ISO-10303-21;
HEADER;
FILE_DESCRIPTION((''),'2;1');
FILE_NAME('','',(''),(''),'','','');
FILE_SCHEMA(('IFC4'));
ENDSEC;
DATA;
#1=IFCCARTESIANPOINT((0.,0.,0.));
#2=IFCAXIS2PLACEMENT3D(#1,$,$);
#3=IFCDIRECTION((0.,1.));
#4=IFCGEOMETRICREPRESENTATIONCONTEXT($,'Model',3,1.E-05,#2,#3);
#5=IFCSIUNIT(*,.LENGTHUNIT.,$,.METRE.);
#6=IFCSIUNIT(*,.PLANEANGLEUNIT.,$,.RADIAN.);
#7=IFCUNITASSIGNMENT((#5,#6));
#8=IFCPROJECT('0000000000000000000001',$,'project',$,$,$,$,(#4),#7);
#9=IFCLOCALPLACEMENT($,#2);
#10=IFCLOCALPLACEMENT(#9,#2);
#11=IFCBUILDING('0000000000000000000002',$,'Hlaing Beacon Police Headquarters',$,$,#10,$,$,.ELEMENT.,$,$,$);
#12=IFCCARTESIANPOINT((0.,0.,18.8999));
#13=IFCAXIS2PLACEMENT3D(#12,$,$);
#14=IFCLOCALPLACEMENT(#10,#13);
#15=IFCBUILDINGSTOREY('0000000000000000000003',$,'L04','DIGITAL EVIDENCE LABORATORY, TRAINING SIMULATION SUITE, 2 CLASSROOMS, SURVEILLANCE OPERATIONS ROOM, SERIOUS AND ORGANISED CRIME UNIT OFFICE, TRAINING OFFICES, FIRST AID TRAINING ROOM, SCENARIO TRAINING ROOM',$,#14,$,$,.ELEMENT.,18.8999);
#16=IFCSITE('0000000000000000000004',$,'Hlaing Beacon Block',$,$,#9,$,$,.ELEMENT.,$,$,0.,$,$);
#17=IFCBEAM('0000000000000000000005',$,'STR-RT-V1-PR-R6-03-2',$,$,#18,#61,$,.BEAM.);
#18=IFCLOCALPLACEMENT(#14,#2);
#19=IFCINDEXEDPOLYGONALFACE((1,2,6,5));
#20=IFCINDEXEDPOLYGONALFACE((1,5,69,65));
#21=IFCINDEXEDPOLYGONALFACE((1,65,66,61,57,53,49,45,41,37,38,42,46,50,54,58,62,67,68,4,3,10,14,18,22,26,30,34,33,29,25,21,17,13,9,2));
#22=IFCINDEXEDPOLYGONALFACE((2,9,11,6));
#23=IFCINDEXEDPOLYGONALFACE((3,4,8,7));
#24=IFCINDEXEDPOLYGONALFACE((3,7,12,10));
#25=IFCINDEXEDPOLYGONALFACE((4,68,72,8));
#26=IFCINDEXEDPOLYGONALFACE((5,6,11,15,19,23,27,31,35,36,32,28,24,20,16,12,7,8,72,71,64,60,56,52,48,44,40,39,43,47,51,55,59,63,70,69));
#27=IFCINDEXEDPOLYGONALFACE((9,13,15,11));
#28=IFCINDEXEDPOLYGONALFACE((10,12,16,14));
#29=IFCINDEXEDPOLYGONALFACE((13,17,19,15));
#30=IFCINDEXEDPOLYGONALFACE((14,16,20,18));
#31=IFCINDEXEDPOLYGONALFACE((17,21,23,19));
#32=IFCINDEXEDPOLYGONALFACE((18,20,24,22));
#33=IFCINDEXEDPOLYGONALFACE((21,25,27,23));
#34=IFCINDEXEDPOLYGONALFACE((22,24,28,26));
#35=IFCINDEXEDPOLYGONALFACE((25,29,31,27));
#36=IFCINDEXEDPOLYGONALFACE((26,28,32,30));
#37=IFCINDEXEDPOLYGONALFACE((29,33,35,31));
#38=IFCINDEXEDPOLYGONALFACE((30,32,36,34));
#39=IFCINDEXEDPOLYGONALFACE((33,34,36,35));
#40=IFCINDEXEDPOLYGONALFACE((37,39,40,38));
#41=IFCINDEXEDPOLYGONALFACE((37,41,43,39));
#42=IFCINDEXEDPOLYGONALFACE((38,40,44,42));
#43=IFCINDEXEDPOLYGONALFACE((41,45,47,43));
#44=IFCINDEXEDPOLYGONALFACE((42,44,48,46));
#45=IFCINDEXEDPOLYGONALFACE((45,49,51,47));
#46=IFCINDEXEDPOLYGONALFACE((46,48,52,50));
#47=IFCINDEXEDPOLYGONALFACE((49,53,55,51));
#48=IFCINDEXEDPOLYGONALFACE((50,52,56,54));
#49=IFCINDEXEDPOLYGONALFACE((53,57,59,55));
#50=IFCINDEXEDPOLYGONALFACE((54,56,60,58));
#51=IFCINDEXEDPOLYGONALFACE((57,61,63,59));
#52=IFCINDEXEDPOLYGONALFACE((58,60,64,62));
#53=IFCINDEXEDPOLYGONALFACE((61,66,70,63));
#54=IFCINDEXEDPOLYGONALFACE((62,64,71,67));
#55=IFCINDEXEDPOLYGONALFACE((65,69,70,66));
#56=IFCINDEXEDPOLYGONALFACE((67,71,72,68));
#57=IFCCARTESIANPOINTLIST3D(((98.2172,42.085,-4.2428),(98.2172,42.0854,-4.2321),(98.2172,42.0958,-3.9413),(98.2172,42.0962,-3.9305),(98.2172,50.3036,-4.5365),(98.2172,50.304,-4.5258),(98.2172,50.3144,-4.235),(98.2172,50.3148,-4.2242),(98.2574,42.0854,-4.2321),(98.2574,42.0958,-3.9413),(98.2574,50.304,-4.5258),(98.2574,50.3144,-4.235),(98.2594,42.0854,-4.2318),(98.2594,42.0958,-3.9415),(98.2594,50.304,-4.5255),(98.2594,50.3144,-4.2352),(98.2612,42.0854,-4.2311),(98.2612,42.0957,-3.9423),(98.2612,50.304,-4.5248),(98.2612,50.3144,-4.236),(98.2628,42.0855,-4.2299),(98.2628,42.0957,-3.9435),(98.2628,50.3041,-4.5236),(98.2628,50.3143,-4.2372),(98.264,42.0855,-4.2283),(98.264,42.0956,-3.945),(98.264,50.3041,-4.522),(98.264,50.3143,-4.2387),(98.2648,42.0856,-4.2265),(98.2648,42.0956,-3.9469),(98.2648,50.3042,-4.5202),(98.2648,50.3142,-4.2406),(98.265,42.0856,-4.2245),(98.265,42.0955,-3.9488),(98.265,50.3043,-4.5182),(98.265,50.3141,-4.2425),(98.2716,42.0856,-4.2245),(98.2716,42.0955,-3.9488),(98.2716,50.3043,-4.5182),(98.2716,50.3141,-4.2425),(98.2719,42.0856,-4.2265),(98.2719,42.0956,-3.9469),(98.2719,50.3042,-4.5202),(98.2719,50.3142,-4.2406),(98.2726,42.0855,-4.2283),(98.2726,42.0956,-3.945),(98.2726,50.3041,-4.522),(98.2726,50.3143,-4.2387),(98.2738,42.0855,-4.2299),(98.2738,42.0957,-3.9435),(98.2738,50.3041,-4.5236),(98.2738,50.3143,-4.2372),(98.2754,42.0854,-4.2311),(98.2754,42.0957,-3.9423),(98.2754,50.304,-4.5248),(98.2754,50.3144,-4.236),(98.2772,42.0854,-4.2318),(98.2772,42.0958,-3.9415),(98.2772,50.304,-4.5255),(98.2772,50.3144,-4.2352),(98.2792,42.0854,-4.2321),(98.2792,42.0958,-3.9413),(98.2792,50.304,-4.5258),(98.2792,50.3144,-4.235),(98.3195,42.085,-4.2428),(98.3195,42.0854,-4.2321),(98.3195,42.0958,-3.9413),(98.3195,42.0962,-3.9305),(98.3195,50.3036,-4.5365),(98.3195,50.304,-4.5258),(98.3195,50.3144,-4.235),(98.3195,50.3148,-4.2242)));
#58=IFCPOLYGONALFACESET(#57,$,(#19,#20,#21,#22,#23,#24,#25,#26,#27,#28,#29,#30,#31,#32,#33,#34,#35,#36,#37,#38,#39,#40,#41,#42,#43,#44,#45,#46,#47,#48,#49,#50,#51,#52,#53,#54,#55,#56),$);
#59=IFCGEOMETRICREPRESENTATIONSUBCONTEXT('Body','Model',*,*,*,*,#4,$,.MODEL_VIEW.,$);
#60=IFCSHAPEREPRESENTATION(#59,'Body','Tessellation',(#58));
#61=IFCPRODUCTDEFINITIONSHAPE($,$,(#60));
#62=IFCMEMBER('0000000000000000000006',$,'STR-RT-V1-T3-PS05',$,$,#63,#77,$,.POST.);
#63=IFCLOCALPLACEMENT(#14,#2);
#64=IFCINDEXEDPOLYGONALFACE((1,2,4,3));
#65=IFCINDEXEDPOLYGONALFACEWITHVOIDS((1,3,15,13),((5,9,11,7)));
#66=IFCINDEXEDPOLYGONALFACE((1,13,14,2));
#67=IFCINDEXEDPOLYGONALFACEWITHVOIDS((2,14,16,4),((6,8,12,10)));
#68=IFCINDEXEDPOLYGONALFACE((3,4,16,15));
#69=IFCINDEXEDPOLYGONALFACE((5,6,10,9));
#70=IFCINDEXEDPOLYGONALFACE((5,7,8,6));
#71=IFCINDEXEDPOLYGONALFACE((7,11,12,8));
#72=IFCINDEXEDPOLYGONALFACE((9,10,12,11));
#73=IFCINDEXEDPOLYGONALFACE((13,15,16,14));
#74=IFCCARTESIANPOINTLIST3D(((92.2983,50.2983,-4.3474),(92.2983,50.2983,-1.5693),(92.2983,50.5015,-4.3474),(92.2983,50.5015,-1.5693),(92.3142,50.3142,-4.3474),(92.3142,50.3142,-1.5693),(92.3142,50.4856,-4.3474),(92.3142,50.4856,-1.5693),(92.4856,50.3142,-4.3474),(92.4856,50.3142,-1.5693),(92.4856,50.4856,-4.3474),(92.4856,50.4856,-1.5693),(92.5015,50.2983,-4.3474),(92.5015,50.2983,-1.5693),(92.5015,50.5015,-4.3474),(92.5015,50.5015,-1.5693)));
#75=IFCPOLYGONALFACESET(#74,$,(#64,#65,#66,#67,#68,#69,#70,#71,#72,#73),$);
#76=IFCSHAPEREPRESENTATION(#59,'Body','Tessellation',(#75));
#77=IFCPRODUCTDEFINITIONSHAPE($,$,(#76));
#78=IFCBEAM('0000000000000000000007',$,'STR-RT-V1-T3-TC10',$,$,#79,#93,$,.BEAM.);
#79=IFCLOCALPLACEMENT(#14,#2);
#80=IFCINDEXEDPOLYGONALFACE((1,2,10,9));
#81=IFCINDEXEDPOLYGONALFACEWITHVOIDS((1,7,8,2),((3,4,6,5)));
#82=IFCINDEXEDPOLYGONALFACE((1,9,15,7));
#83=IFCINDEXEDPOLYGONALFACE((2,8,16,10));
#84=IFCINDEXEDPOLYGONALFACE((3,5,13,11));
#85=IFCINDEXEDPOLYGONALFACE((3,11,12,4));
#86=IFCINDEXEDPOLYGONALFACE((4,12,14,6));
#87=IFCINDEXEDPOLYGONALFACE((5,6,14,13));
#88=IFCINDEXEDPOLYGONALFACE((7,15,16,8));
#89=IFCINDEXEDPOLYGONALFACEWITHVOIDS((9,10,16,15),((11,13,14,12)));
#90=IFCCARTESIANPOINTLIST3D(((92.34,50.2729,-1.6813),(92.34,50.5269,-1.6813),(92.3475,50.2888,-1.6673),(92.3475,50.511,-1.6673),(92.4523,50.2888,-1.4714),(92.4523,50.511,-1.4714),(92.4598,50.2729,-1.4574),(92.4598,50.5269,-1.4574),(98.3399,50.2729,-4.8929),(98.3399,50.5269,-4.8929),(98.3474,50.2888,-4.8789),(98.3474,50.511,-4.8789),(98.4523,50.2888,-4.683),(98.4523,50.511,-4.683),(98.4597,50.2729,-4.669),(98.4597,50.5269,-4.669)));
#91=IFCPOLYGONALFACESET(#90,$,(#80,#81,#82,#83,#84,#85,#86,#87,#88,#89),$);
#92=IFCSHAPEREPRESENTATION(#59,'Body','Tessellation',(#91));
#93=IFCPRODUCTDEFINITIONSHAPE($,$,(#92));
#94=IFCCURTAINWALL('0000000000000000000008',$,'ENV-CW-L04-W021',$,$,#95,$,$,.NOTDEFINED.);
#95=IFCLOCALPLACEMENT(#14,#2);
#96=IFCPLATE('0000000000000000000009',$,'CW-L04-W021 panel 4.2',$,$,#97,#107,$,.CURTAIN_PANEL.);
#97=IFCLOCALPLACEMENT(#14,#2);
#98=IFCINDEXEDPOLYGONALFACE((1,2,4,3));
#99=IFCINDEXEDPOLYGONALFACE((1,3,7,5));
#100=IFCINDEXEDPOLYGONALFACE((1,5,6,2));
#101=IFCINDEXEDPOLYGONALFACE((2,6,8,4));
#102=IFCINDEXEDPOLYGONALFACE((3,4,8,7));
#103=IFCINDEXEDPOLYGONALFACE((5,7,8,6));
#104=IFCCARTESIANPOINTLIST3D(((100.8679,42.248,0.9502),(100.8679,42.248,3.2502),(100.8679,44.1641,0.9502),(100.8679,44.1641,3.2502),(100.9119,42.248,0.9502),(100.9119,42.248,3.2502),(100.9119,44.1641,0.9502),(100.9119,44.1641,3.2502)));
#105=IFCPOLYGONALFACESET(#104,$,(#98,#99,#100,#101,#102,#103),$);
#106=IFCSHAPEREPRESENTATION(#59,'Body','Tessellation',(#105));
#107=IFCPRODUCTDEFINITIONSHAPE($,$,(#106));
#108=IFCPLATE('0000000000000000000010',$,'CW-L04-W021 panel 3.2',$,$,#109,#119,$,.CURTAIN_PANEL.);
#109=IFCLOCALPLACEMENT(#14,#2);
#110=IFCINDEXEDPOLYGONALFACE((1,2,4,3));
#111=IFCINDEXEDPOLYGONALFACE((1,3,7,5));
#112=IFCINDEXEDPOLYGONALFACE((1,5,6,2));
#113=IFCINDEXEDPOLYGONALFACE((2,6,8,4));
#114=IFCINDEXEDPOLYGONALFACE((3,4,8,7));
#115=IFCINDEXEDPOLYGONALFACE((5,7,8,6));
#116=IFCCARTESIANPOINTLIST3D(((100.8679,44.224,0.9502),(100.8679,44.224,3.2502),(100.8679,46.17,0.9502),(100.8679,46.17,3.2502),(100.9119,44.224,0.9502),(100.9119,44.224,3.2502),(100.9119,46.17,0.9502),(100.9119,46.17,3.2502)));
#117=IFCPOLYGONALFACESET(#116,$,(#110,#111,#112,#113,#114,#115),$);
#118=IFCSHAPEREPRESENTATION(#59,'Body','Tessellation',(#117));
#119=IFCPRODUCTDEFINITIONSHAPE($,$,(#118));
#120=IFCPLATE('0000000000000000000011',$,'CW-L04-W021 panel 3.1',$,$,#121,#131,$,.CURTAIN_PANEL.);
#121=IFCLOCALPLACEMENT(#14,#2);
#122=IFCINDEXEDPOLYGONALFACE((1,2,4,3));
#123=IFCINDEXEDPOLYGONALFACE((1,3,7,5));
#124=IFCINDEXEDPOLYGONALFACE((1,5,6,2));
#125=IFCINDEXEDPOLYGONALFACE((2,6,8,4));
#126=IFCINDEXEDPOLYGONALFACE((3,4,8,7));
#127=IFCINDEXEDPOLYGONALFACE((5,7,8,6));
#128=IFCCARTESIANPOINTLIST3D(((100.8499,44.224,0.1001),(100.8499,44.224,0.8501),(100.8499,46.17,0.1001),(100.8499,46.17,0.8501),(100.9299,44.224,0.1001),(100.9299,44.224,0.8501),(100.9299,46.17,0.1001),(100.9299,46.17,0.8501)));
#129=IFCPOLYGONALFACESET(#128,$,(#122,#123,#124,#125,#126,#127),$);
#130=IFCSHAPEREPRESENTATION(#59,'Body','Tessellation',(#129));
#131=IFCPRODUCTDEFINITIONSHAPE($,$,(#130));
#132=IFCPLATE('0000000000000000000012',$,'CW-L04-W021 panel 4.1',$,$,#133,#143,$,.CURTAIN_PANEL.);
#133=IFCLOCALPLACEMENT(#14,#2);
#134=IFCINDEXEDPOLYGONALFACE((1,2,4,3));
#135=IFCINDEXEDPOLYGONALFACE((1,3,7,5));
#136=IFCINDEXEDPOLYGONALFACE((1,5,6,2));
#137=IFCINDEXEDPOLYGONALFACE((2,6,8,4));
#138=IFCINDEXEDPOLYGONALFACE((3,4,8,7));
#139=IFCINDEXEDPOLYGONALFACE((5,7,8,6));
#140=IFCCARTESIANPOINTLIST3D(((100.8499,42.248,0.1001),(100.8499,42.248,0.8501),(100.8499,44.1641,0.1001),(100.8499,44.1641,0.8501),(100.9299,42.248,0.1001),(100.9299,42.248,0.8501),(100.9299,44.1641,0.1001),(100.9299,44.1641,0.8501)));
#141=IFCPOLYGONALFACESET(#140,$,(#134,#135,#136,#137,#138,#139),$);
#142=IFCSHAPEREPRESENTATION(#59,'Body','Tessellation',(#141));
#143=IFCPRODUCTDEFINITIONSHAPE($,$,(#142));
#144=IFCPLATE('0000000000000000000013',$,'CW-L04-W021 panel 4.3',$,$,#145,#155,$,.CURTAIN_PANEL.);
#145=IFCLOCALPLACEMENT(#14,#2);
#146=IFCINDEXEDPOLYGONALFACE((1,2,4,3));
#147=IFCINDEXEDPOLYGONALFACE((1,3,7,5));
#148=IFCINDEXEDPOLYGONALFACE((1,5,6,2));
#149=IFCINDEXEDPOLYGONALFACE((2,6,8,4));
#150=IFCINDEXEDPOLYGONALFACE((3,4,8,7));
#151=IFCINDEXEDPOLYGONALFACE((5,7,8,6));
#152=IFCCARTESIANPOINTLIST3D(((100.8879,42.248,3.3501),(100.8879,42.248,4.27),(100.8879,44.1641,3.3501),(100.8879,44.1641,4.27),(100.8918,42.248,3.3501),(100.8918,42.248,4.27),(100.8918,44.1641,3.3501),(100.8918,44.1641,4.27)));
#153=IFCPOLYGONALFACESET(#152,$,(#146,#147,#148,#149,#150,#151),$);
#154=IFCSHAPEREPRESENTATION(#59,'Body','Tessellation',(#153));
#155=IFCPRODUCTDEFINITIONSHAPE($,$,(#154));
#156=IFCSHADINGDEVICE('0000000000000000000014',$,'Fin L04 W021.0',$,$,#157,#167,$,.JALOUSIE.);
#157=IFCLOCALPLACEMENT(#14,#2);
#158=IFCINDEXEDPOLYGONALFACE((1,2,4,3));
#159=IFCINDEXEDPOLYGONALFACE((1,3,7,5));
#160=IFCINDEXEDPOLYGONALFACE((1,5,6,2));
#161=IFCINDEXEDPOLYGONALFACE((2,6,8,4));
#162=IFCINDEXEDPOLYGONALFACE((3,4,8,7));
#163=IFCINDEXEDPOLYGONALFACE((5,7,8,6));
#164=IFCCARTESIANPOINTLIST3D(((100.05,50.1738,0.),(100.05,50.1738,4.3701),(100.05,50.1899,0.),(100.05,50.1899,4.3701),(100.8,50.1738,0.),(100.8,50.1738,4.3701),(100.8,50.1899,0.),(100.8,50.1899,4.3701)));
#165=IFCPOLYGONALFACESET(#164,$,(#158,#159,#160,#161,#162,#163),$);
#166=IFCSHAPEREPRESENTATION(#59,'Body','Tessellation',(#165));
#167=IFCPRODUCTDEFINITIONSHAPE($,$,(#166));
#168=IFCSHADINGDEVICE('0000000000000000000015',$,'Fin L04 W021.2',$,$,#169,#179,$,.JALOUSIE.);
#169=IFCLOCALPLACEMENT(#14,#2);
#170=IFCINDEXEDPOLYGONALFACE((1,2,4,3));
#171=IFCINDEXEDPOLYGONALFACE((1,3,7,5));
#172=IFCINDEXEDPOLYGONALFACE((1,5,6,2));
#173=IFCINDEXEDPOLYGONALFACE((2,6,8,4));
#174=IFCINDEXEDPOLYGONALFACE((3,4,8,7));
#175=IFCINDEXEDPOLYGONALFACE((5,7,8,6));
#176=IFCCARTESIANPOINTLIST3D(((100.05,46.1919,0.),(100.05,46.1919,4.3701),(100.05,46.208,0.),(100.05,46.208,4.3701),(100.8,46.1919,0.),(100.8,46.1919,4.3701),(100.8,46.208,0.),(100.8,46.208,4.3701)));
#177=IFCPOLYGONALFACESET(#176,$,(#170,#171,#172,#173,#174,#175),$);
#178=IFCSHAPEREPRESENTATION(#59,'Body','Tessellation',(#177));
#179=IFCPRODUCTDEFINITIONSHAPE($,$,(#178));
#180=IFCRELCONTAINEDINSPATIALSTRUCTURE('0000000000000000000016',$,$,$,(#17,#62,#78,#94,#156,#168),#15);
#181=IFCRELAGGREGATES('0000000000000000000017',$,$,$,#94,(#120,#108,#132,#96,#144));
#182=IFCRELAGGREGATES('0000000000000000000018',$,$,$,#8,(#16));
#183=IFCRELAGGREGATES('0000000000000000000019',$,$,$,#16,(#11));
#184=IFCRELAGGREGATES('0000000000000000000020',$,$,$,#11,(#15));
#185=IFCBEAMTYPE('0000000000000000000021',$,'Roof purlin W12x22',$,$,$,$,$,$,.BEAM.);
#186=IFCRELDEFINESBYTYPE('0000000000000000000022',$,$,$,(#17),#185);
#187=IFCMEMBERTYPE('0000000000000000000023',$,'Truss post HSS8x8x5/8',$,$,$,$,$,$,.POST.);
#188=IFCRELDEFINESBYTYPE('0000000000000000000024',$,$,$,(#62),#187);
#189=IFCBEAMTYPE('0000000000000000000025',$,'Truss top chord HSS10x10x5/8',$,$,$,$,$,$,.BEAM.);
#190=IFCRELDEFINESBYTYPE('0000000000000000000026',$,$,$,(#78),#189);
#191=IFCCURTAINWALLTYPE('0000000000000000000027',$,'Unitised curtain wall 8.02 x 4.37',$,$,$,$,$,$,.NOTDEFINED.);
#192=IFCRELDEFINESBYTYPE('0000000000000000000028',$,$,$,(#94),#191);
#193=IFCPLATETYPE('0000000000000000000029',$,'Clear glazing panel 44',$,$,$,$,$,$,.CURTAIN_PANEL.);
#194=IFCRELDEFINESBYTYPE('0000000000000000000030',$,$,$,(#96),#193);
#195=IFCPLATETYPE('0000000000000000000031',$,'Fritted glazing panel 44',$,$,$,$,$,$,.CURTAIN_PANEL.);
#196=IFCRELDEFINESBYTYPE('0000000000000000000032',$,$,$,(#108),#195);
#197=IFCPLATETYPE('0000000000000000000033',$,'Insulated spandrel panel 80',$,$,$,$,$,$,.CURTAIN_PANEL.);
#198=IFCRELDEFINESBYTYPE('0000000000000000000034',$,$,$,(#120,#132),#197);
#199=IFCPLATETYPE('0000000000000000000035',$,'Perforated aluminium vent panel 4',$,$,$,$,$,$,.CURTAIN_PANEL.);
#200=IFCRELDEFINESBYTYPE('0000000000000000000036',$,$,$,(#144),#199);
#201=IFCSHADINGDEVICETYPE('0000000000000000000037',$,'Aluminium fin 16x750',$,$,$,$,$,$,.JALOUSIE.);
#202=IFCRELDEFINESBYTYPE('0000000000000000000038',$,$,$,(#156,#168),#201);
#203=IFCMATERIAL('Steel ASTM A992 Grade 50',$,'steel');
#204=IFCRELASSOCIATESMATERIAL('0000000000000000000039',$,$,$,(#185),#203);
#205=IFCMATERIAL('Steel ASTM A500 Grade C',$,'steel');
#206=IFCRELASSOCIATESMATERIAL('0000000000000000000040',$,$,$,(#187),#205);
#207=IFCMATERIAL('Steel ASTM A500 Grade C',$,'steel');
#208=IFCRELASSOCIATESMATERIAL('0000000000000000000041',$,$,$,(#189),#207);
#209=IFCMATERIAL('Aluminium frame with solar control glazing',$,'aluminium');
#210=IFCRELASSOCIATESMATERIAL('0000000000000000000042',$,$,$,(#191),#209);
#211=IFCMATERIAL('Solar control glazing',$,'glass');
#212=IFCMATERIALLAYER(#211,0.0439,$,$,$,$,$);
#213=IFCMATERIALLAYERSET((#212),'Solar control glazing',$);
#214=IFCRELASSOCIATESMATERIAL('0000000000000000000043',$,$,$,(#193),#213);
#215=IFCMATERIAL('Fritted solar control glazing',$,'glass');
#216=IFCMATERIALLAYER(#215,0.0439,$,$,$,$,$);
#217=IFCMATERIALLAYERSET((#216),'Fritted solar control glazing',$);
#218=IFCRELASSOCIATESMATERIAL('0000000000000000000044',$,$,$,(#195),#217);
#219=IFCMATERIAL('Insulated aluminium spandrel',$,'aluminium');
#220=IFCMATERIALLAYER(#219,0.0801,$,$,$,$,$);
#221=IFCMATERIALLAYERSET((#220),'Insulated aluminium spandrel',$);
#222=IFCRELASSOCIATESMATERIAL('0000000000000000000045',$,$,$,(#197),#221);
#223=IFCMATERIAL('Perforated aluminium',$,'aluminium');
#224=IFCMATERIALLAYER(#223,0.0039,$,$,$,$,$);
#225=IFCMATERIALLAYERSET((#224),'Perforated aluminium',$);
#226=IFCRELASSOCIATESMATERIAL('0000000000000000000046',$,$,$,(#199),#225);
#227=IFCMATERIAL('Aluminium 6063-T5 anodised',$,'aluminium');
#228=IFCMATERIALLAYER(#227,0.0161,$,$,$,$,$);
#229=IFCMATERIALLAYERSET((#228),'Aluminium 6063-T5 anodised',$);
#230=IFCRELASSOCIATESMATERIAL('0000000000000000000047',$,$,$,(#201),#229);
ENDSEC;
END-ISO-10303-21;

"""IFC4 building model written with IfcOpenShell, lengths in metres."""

from ifc_helpers import new_model, si_unit, direction, frame, origin, origin_2d, place, context, subcontext, project, spatial, rectangle, hollow_rectangle, i_section, extrude, material, layer, layer_set, material_profile, profile_set, type_object, element, aggregate, save


model = new_model("IFC4")

# Units and contexts
model_context = context("Model", 3, precision=1e-05, world=origin(), true_north=direction((0.0, 1.0)))
body_context = subcontext(model_context, "Body", "Model", "MODEL_VIEW")
ifc_project = project(units=[si_unit("LENGTHUNIT", "METRE"), si_unit("PLANEANGLEUNIT", "RADIAN")], contexts=[model_context])

# Site, building, storey
site_placement = place(None, origin())
site = spatial("IfcSite", under=ifc_project, at=site_placement, Name="Hlaing Beacon Block", CompositionType="ELEMENT", RefElevation=0.0)
building_placement = place(site_placement, origin())
building = spatial("IfcBuilding", under=site, at=building_placement, Name="Hlaing Beacon Police Headquarters", CompositionType="ELEMENT")
storey_placement = place(building_placement, frame((0.0, 0.0, 18.8999)))
storey = spatial("IfcBuildingStorey", under=building, at=storey_placement, Name="L04", Description="DIGITAL EVIDENCE LABORATORY, TRAINING SIMULATION SUITE, 2 CLASSROOMS, SURVEILLANCE OPERATIONS ROOM, SERIOUS AND ORGANISED CRIME UNIT OFFICE, TRAINING OFFICES, FIRST AID TRAINING ROOM, SCENARIO TRAINING ROOM", CompositionType="ELEMENT", Elevation=18.8999)

# Beam
ifc_material_1 = material(Name="Steel ASTM A992 Grade 50", Category="steel")
ifc_material_profile_1 = material_profile(ifc_material_1, i_section(OverallWidth=0.1023, OverallDepth=0.3125, WebThickness=0.0066, FlangeThickness=0.0107, FilletRadius=0.0076, at=origin_2d()), Name="W12x22")
ifc_profile_set_1 = profile_set([ifc_material_profile_1], Name="Steel ASTM A992 Grade 50")
beam_type_1 = type_object("IfcBeamType", Name="Roof purlin W12x22", PredefinedType="BEAM", material=ifc_profile_set_1)
for number, where, z_axis, x_axis, name in (
    (1, (98.2683, 42.0906, -4.0867), (0.0, 0.999362, -0.035713), (-1.0, 0.0, 0.0), "STR-RT-V1-PR-R6-03-2"),
):
    element("IfcBeam", number, at=place(storey_placement, frame(where, z_axis=z_axis, x_axis=x_axis)), inside=storey, type_object=beam_type_1, Name=name, PredefinedType="BEAM", context=body_context, shape_type="SweptSolid", body=[
        extrude(i_section(OverallWidth=0.1023, OverallDepth=0.3125, WebThickness=0.0066, FlangeThickness=0.0107, FilletRadius=0.0076, at=origin_2d()), origin(), (0.0, 0.0, 1.0), 8.2239),
    ])

# Member
ifc_material_2 = material(Name="Steel ASTM A500 Grade C", Category="steel")
ifc_material_profile_2 = material_profile(ifc_material_2, hollow_rectangle(XDim=0.2031, YDim=0.2031, WallThickness=0.0159, at=origin_2d()), Name="HSS8x8x5/8")
ifc_profile_set_2 = profile_set([ifc_material_profile_2], Name="Steel ASTM A500 Grade C")
member_type_1 = type_object("IfcMemberType", Name="Truss post HSS8x8x5/8", PredefinedType="POST", material=ifc_profile_set_2)
member_1_placement = place(storey_placement, frame((92.3999, 50.3999, -4.3474), z_axis=(0.0, 0.0, 1.0), x_axis=(1.0, 0.0, 0.0)))
element("IfcMember", 2, at=member_1_placement, inside=storey, type_object=member_type_1, Name="STR-RT-V1-T3-PS05", PredefinedType="POST", context=body_context, shape_type="SweptSolid", body=[
    extrude(hollow_rectangle(XDim=0.2031, YDim=0.2031, WallThickness=0.0159, at=origin_2d()), origin(), (0.0, 0.0, 1.0), 2.7781),
])

# Beam
ifc_material_3 = material(Name="Steel ASTM A500 Grade C", Category="steel")
ifc_material_profile_3 = material_profile(ifc_material_3, hollow_rectangle(XDim=0.2539, YDim=0.2539, WallThickness=0.0159, at=origin_2d()), Name="HSS10x10x5/8")
ifc_profile_set_3 = profile_set([ifc_material_profile_3], Name="Steel ASTM A500 Grade C")
beam_type_2 = type_object("IfcBeamType", Name="Truss top chord HSS10x10x5/8", PredefinedType="BEAM", material=ifc_profile_set_3)
beam_1_placement = place(storey_placement, frame((92.3999, 50.3999, -1.5693), z_axis=(0.88164, 0.0, -0.471923), x_axis=(0.0, 1.0, 0.0)))
element("IfcBeam", 3, at=beam_1_placement, inside=storey, type_object=beam_type_2, Name="STR-RT-V1-T3-TC10", PredefinedType="BEAM", context=body_context, shape_type="SweptSolid", body=[
    extrude(hollow_rectangle(XDim=0.2539, YDim=0.2539, WallThickness=0.0159, at=origin_2d()), origin(), (0.0, 0.0, 1.0), 6.8054),
])

# Curtain wall, plates
ifc_material_4 = material(Name="Aluminium frame with solar control glazing", Category="aluminium")
curtain_wall_type = type_object("IfcCurtainWallType", Name="Unitised curtain wall 8.02 x 4.37", PredefinedType="NOTDEFINED", material=ifc_material_4)
curtain_wall_placement = place(storey_placement, origin())
curtain_wall = element("IfcCurtainWall", 4, at=curtain_wall_placement, inside=storey, type_object=curtain_wall_type, Name="ENV-CW-L04-W021", PredefinedType="NOTDEFINED")
ifc_material_5 = material(Name="Solar control glazing", Category="glass")
ifc_layer_1 = layer(ifc_material_5, 0.0439)
ifc_layer_set_1 = layer_set([ifc_layer_1], Name="Solar control glazing")
plate_type_1 = type_object("IfcPlateType", Name="Clear glazing panel 44", PredefinedType="CURTAIN_PANEL", material=ifc_layer_set_1)
plate_1_placement = place(storey_placement, frame((100.8899, 43.2061, 0.9502), z_axis=(0.0, 0.0, 1.0), x_axis=(0.0, -1.0, 0.0)))
plate_1 = element("IfcPlate", 5, at=plate_1_placement, type_object=plate_type_1, Name="CW-L04-W021 panel 4.2", PredefinedType="CURTAIN_PANEL", context=body_context, shape_type="SweptSolid", body=[
    extrude(rectangle(XDim=1.916, YDim=0.0439, at=origin_2d()), origin(), (0.0, 0.0, 1.0), 2.3),
])
ifc_material_6 = material(Name="Fritted solar control glazing", Category="glass")
ifc_layer_2 = layer(ifc_material_6, 0.0439)
ifc_layer_set_2 = layer_set([ifc_layer_2], Name="Fritted solar control glazing")
plate_type_2 = type_object("IfcPlateType", Name="Fritted glazing panel 44", PredefinedType="CURTAIN_PANEL", material=ifc_layer_set_2)
plate_2_placement = place(storey_placement, frame((100.8899, 45.197, 0.9502), z_axis=(0.0, 0.0, 1.0), x_axis=(0.0, -1.0, 0.0)))
plate_2 = element("IfcPlate", 6, at=plate_2_placement, type_object=plate_type_2, Name="CW-L04-W021 panel 3.2", PredefinedType="CURTAIN_PANEL", context=body_context, shape_type="SweptSolid", body=[
    extrude(rectangle(XDim=1.946, YDim=0.0439, at=origin_2d()), origin(), (0.0, 0.0, 1.0), 2.3),
])
ifc_material_7 = material(Name="Insulated aluminium spandrel", Category="aluminium")
ifc_layer_3 = layer(ifc_material_7, 0.0801)
ifc_layer_set_3 = layer_set([ifc_layer_3], Name="Insulated aluminium spandrel")
plate_type_3 = type_object("IfcPlateType", Name="Insulated spandrel panel 80", PredefinedType="CURTAIN_PANEL", material=ifc_layer_set_3)
plate_3_placement = place(storey_placement, frame((100.8899, 45.197, 0.1001), z_axis=(0.0, 0.0, 1.0), x_axis=(0.0, -1.0, 0.0)))
plate_3 = element("IfcPlate", 7, at=plate_3_placement, type_object=plate_type_3, Name="CW-L04-W021 panel 3.1", PredefinedType="CURTAIN_PANEL", context=body_context, shape_type="SweptSolid", body=[
    extrude(rectangle(XDim=1.946, YDim=0.0801, at=origin_2d()), origin(), (0.0, 0.0, 1.0), 0.75),
])
plate_4_placement = place(storey_placement, frame((100.8899, 43.2061, 0.1001), z_axis=(0.0, 0.0, 1.0), x_axis=(0.0, -1.0, 0.0)))
plate_4 = element("IfcPlate", 8, at=plate_4_placement, type_object=plate_type_3, Name="CW-L04-W021 panel 4.1", PredefinedType="CURTAIN_PANEL", context=body_context, shape_type="SweptSolid", body=[
    extrude(rectangle(XDim=1.916, YDim=0.0801, at=origin_2d()), origin(), (0.0, 0.0, 1.0), 0.75),
])
ifc_material_8 = material(Name="Perforated aluminium", Category="aluminium")
ifc_layer_4 = layer(ifc_material_8, 0.0039)
ifc_layer_set_4 = layer_set([ifc_layer_4], Name="Perforated aluminium")
plate_type_4 = type_object("IfcPlateType", Name="Perforated aluminium vent panel 4", PredefinedType="CURTAIN_PANEL", material=ifc_layer_set_4)
plate_5_placement = place(storey_placement, frame((100.8899, 43.2061, 3.3501), z_axis=(0.0, 0.0, 1.0), x_axis=(0.0, -1.0, 0.0)))
plate_5 = element("IfcPlate", 9, at=plate_5_placement, type_object=plate_type_4, Name="CW-L04-W021 panel 4.3", PredefinedType="CURTAIN_PANEL", context=body_context, shape_type="SweptSolid", body=[
    extrude(rectangle(XDim=1.916, YDim=0.0039, at=origin_2d()), origin(), (0.0, 0.0, 1.0), 0.9199),
])
aggregate(curtain_wall, [plate_3, plate_2, plate_4, plate_1, plate_5])

# Shading devices
ifc_material_9 = material(Name="Aluminium 6063-T5 anodised", Category="aluminium")
ifc_layer_5 = layer(ifc_material_9, 0.0161)
ifc_layer_set_5 = layer_set([ifc_layer_5], Name="Aluminium 6063-T5 anodised")
shading_device_type = type_object("IfcShadingDeviceType", Name="Aluminium fin 16x750", PredefinedType="JALOUSIE", material=ifc_layer_set_5)
for number, where, z_axis, x_axis, name in (
    (10, (100.425, 50.1819, 0.0), (0.0, 0.0, 1.0), (0.0, -1.0, 0.0), "Fin L04 W021.0"),
    (11, (100.425, 46.2, 0.0), (0.0, 0.0, 1.0), (0.0, -1.0, 0.0), "Fin L04 W021.2"),
):
    element("IfcShadingDevice", number, at=place(storey_placement, frame(where, z_axis=z_axis, x_axis=x_axis)), inside=storey, type_object=shading_device_type, Name=name, PredefinedType="JALOUSIE", context=body_context, shape_type="SweptSolid", body=[
        extrude(rectangle(XDim=0.0161, YDim=0.75, at=origin_2d()), origin(), (0.0, 0.0, 1.0), 4.3701),
    ])

save(model, "model.ifc")
